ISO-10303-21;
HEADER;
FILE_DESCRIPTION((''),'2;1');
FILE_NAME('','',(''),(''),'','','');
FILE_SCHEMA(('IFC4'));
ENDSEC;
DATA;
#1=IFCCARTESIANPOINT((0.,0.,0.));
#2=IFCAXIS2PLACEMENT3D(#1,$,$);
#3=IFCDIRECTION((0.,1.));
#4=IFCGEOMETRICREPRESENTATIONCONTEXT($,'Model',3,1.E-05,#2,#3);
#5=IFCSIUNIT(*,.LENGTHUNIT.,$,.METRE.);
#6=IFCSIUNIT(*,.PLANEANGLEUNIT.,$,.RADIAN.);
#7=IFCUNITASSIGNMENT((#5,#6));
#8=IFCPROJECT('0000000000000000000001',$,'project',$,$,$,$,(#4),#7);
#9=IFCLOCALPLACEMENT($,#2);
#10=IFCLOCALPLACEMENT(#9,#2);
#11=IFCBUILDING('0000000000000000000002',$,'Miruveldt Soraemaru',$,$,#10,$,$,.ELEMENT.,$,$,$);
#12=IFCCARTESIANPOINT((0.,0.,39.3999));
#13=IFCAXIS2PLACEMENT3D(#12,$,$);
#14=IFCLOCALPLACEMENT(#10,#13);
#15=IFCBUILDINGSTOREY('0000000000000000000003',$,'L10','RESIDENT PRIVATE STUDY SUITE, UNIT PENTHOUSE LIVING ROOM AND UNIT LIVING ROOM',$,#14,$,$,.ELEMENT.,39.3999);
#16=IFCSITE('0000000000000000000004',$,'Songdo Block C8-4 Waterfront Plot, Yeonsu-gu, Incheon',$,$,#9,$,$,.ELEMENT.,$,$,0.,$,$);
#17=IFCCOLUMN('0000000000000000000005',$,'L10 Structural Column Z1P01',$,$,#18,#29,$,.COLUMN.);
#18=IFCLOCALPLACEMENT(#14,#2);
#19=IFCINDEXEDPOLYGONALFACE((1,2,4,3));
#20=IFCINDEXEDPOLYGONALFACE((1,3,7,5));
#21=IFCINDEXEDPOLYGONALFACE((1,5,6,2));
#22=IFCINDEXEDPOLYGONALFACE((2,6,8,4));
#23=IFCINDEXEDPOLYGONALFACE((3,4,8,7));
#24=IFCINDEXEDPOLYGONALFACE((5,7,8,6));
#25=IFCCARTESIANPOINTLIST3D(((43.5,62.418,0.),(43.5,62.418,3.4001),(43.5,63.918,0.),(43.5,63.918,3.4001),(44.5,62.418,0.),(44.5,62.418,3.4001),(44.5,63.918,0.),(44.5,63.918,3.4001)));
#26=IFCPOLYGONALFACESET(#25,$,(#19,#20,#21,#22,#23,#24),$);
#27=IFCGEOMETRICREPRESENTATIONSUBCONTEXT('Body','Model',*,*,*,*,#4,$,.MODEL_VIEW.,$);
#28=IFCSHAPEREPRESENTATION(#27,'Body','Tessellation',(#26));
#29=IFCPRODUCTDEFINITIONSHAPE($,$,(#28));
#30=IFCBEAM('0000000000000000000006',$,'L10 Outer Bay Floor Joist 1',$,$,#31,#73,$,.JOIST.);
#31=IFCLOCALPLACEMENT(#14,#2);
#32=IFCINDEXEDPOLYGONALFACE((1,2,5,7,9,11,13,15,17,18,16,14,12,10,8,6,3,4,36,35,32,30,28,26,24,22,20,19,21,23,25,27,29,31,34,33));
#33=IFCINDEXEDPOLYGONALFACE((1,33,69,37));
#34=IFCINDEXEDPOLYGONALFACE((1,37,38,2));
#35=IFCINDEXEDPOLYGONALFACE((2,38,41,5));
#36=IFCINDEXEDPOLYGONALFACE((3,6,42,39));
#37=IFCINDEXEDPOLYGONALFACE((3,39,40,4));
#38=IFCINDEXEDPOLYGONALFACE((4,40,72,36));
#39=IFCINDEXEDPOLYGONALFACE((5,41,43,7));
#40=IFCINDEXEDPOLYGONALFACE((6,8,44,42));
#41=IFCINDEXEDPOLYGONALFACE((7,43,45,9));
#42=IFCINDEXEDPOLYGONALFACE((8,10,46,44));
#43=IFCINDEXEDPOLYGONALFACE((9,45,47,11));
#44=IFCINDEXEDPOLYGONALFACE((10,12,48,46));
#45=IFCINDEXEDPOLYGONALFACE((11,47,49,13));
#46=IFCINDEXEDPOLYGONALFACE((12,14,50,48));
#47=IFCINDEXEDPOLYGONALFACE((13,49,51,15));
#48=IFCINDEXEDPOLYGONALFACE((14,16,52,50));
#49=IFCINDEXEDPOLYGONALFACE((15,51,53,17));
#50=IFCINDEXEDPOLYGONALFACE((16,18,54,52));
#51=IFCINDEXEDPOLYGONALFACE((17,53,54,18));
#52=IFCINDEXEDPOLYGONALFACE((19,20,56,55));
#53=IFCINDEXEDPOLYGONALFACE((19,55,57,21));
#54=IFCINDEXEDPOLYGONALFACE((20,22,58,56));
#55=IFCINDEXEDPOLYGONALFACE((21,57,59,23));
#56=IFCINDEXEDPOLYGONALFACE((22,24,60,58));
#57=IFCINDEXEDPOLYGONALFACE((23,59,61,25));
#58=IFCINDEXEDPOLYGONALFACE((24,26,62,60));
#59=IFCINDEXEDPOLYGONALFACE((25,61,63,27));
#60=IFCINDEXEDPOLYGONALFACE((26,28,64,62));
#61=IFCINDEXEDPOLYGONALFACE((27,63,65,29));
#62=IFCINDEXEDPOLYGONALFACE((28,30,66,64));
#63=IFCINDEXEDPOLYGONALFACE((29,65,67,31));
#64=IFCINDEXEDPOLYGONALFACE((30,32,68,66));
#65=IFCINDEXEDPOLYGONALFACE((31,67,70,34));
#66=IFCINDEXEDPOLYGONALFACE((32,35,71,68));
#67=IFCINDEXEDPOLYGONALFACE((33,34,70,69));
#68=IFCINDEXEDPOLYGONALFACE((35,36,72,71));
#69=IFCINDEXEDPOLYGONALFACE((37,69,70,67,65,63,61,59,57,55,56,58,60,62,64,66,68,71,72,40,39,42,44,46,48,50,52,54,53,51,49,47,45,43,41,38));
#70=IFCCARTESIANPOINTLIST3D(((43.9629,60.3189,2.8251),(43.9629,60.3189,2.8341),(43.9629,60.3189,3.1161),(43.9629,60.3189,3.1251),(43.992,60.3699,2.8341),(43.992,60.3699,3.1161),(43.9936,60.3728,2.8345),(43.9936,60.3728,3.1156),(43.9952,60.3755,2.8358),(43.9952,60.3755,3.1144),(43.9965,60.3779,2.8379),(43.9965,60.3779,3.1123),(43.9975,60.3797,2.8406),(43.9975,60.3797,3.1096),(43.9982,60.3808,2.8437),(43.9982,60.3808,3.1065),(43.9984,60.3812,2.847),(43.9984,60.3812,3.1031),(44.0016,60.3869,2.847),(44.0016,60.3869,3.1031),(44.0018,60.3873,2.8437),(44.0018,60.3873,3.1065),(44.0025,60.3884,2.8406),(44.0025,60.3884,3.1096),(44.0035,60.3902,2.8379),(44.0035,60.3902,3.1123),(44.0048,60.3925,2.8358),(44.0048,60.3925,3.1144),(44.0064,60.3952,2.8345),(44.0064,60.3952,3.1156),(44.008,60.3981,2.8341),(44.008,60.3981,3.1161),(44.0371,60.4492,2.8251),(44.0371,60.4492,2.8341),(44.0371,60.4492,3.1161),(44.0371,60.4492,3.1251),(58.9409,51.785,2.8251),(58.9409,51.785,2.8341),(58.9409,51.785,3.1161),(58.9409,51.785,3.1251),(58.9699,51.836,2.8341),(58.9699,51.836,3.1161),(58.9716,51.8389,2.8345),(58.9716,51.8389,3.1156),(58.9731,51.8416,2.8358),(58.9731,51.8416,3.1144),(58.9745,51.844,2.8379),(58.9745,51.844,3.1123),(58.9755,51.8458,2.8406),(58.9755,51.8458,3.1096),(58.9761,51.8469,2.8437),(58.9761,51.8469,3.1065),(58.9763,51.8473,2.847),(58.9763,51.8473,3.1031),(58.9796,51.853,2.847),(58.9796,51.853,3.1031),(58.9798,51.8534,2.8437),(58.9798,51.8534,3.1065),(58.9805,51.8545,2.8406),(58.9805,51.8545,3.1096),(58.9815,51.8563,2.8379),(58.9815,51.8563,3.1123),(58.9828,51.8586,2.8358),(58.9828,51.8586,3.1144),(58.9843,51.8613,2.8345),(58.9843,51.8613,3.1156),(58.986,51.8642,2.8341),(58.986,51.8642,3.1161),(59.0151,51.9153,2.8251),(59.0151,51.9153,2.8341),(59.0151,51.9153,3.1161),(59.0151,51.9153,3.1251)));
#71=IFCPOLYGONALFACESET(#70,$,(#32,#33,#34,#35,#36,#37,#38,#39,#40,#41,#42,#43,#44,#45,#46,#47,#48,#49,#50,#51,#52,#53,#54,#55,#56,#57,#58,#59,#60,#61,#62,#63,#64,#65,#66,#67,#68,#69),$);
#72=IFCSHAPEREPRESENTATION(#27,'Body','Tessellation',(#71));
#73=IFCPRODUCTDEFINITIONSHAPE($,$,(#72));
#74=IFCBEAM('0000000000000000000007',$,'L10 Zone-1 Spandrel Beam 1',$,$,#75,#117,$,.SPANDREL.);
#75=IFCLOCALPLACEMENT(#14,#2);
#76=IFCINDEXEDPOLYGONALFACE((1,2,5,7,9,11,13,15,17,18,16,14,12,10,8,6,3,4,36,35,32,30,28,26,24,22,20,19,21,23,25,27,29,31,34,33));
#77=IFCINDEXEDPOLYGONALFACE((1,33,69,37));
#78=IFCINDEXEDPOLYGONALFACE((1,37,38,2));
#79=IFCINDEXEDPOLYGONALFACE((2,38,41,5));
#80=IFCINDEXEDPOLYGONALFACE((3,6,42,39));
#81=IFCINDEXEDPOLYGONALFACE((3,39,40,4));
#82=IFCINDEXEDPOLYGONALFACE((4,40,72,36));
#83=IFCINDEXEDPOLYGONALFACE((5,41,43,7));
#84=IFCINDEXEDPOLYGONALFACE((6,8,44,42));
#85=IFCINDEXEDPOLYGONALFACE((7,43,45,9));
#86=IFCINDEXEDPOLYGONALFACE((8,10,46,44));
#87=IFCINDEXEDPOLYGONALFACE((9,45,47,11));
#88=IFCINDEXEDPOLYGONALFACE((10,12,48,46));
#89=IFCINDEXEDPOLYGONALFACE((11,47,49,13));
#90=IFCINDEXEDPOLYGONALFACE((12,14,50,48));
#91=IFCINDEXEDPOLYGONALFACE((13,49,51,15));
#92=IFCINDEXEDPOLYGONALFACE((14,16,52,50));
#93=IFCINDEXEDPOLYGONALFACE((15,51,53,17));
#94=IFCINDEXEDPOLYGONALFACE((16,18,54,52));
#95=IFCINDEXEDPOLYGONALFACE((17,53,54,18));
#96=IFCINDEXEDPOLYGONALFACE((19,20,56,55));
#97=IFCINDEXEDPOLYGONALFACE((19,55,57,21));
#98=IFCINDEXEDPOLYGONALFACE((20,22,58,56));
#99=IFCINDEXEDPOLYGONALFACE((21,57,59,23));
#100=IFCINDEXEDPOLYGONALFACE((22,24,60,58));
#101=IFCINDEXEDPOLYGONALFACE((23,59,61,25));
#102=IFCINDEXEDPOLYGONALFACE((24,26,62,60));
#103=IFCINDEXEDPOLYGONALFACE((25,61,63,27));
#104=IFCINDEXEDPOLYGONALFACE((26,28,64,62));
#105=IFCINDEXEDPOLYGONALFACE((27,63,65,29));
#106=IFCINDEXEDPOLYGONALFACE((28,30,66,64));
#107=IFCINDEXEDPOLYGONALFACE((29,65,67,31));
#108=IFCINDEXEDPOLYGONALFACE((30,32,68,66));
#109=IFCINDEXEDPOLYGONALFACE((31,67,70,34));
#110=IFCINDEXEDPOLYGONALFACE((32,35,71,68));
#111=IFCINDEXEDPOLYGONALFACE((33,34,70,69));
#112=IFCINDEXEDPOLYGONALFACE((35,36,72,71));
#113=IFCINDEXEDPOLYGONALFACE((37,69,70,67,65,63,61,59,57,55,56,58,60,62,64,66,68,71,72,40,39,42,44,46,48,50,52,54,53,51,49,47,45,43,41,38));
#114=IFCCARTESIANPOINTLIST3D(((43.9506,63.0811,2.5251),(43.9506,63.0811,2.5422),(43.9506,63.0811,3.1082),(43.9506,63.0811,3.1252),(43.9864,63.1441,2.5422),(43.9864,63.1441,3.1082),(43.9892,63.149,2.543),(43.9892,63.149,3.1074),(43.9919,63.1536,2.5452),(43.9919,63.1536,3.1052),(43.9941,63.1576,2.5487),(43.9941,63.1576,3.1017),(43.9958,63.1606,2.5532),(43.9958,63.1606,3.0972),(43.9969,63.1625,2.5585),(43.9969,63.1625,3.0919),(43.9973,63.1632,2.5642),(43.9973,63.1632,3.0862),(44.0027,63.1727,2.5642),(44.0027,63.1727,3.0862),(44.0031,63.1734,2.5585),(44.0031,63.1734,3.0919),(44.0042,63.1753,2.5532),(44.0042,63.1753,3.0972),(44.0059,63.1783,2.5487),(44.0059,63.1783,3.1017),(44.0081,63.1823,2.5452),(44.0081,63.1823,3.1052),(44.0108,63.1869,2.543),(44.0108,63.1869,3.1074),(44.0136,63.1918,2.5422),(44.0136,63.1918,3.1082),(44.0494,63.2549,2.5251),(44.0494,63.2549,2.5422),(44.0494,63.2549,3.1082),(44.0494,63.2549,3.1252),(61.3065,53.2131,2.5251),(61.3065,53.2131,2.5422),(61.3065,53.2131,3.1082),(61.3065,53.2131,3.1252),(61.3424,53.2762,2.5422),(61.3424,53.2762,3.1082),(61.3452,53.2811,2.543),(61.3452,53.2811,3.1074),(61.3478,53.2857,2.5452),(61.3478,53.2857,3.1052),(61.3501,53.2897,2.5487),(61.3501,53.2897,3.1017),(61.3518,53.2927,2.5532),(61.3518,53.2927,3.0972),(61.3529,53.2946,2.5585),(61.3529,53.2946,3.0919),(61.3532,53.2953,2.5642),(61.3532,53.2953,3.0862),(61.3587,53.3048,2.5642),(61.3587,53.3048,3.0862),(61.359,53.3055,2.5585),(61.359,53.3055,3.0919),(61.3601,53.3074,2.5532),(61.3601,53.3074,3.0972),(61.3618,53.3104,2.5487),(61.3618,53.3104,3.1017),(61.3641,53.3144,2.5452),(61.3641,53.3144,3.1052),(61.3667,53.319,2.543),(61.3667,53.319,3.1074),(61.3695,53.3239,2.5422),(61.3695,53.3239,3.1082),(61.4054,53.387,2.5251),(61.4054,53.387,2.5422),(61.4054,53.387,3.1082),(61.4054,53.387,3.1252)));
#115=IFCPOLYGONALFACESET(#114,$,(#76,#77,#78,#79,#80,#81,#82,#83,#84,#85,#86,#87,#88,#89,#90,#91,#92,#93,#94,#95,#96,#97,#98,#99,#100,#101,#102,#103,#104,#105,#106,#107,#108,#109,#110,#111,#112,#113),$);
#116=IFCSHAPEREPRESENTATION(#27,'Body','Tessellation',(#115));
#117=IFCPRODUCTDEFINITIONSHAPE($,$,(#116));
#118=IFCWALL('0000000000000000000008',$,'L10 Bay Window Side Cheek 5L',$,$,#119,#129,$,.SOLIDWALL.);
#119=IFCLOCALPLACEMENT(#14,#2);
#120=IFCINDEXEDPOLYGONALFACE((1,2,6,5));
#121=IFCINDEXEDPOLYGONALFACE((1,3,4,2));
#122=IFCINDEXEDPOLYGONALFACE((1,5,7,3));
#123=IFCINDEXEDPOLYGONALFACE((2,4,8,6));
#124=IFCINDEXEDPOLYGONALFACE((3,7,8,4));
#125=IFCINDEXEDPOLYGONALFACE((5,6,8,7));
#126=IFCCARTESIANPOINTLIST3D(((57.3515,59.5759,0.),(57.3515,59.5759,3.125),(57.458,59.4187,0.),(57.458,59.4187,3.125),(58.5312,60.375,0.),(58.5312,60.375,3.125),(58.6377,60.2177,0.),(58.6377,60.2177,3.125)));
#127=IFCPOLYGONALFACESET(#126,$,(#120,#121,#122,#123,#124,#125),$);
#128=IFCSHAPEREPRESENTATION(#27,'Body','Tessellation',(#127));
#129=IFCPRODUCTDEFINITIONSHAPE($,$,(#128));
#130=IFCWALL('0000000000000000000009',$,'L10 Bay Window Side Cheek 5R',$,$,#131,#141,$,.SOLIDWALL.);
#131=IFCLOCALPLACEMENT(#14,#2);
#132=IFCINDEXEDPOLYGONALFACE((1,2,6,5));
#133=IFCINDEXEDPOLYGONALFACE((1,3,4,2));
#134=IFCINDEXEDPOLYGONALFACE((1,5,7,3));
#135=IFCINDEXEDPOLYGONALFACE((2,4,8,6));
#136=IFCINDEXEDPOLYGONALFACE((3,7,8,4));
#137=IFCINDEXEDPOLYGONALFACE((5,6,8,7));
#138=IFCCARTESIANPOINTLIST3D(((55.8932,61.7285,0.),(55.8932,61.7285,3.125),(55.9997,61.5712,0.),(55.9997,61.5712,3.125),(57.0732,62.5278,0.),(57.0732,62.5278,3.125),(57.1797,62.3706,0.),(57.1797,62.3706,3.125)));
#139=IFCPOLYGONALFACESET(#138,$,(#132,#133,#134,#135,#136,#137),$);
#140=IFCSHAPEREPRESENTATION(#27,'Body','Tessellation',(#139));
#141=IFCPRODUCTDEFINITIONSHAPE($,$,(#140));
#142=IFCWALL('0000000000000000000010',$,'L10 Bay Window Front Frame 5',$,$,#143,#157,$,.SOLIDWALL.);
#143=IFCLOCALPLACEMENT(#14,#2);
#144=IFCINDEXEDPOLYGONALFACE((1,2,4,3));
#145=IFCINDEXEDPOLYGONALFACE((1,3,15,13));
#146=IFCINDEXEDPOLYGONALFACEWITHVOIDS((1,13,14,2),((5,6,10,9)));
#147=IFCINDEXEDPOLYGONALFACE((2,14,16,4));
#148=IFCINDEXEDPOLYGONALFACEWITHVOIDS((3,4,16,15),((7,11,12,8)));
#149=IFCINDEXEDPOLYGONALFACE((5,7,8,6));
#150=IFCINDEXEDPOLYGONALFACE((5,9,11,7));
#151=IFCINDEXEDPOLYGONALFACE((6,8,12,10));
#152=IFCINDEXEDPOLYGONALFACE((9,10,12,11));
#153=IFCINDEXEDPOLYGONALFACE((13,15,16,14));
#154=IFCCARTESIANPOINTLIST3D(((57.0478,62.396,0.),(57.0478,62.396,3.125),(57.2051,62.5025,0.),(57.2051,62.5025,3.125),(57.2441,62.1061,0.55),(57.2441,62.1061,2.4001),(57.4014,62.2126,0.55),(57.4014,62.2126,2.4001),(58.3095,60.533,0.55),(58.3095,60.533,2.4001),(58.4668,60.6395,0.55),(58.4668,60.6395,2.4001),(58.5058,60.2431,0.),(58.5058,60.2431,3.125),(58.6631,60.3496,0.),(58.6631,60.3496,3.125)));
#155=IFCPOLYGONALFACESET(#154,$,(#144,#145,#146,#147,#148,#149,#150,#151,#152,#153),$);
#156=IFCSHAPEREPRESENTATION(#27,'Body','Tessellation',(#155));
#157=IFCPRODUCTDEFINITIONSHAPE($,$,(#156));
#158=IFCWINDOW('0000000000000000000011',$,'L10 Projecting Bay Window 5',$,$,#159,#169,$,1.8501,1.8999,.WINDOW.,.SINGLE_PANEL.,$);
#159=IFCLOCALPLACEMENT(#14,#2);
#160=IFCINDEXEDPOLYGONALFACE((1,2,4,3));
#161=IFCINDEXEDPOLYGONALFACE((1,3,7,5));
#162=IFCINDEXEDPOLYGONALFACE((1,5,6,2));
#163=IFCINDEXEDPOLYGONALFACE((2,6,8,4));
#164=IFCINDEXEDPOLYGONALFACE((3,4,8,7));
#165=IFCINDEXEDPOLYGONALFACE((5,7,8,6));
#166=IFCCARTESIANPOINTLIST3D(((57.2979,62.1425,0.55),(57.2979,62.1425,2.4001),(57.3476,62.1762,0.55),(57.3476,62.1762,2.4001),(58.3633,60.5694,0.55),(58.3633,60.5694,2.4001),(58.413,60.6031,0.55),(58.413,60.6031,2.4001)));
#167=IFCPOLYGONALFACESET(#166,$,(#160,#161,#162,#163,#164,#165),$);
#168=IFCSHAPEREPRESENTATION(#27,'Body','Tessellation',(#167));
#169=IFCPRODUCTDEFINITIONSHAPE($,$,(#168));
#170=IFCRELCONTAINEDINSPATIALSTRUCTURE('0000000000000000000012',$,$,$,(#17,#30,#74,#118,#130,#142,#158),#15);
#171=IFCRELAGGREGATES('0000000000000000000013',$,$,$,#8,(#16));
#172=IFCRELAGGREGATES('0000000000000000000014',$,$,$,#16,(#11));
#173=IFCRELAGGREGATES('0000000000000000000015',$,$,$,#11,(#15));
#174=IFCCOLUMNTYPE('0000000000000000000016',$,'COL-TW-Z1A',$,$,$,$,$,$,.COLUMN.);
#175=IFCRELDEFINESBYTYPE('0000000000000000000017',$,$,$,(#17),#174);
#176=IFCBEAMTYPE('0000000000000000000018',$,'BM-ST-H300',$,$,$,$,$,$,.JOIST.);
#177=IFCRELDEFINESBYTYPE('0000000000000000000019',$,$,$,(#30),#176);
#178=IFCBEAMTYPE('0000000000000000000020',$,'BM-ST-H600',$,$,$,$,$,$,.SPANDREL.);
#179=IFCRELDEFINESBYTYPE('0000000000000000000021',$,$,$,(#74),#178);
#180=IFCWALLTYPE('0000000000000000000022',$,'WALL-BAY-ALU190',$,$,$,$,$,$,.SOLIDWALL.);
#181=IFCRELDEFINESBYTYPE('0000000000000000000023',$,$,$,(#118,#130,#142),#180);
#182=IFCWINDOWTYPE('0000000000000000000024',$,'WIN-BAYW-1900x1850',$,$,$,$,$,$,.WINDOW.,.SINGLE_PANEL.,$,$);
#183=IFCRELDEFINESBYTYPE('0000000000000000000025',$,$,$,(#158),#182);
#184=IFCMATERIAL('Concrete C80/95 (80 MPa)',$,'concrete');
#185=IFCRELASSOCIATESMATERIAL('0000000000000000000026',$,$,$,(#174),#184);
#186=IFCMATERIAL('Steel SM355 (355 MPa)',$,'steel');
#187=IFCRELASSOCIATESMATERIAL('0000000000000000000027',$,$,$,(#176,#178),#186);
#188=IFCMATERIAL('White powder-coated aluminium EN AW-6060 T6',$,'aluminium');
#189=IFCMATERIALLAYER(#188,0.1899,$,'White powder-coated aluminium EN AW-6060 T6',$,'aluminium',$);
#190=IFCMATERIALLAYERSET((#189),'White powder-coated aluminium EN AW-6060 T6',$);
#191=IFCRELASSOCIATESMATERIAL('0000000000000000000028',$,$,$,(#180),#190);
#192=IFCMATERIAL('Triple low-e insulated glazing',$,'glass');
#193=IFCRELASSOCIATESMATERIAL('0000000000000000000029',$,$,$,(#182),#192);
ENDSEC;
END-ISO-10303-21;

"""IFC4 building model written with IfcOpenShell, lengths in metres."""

from ifc_helpers import new_model, si_unit, direction, frame, frame_2d, origin, origin_2d, place, context, subcontext, project, spatial, rectangle, i_section, extrude, material, layer, layer_set, material_profile, profile_set, type_object, element, fill, save


model = new_model("IFC4")

# Units and contexts
model_context = context("Model", 3, precision=1e-05, world=origin(), true_north=direction((0.0, 1.0)))
body_context = subcontext(model_context, "Body", "Model", "MODEL_VIEW")
ifc_project = project(units=[si_unit("LENGTHUNIT", "METRE"), si_unit("PLANEANGLEUNIT", "RADIAN")], contexts=[model_context])

# Site, building, storey
site_placement = place(None, origin())
site = spatial("IfcSite", under=ifc_project, at=site_placement, Name="Songdo Block C8-4 Waterfront Plot, Yeonsu-gu, Incheon", CompositionType="ELEMENT", RefElevation=0.0)
building_placement = place(site_placement, origin())
building = spatial("IfcBuilding", under=site, at=building_placement, Name="Miruveldt Soraemaru", CompositionType="ELEMENT")
storey_placement = place(building_placement, frame((0.0, 0.0, 39.3999)))
storey = spatial("IfcBuildingStorey", under=building, at=storey_placement, Name="L10", Description="RESIDENT PRIVATE STUDY SUITE, UNIT PENTHOUSE LIVING ROOM AND UNIT LIVING ROOM", CompositionType="ELEMENT", Elevation=39.3999)

# Column
ifc_material_1 = material(Name="Concrete C80/95 (80 MPa)", Category="concrete")
ifc_material_profile_1 = material_profile(ifc_material_1, rectangle(XDim=1.5, YDim=1.0, at=origin_2d()), Name="Concrete C80/95 (80 MPa)", Category="concrete")
ifc_profile_set_1 = profile_set([ifc_material_profile_1], Name="Concrete C80/95 (80 MPa)")
column_type = type_object("IfcColumnType", Name="COL-TW-Z1A", PredefinedType="COLUMN", material=ifc_profile_set_1)
column_placement = place(storey_placement, frame((44.0, 63.168, 0.0), z_axis=(0.0, 0.0, 1.0), x_axis=(0.0, 1.0, 0.0)))
element("IfcColumn", 1, at=column_placement, inside=storey, type_object=column_type, Name="L10 Structural Column Z1P01", PredefinedType="COLUMN", context=body_context, shape_type="SweptSolid", body=[
    extrude(rectangle(XDim=1.5, YDim=1.0, at=origin_2d()), origin(), (0.0, 0.0, 1.0), 3.4001),
])

# Beams
ifc_material_2 = material(Name="Steel SM355 (355 MPa)", Category="steel")
ifc_material_profile_2 = material_profile(ifc_material_2, i_section(OverallWidth=0.1499, OverallDepth=0.3, WebThickness=0.0066, FlangeThickness=0.009, FilletRadius=0.0129, at=origin_2d()), Name="Steel SM355 (355 MPa)", Category="steel")
ifc_profile_set_2 = profile_set([ifc_material_profile_2], Name="Steel SM355 (355 MPa)")
beam_type_1 = type_object("IfcBeamType", Name="BM-ST-H300", PredefinedType="JOIST", material=ifc_profile_set_2)
beam_1_placement = place(storey_placement, frame((44.0, 60.384, 2.9751), z_axis=(0.868866, -0.495048, 0.0), x_axis=(0.495048, 0.868866, 0.0)))
element("IfcBeam", 2, at=beam_1_placement, inside=storey, type_object=beam_type_1, Name="L10 Outer Bay Floor Joist 1", PredefinedType="JOIST", context=body_context, shape_type="SweptSolid", body=[
    extrude(i_section(OverallWidth=0.1499, OverallDepth=0.3, WebThickness=0.0066, FlangeThickness=0.009, FilletRadius=0.0129, at=origin_2d()), origin(), (0.0, 0.0, 1.0), 17.2385),
])
ifc_material_profile_3 = material_profile(ifc_material_2, i_section(OverallWidth=0.2, OverallDepth=0.6001, WebThickness=0.011, FlangeThickness=0.0171, FilletRadius=0.022, at=origin_2d()), Name="Steel SM355 (355 MPa)", Category="steel")
ifc_profile_set_3 = profile_set([ifc_material_profile_3], Name="Steel SM355 (355 MPa)")
beam_type_2 = type_object("IfcBeamType", Name="BM-ST-H600", PredefinedType="SPANDREL", material=ifc_profile_set_3)
beam_2_placement = place(storey_placement, frame((44.0, 63.168, 2.8252), z_axis=(0.869315, -0.494259, 0.0), x_axis=(0.494259, 0.869315, 0.0)))
element("IfcBeam", 3, at=beam_2_placement, inside=storey, type_object=beam_type_2, Name="L10 Zone-1 Spandrel Beam 1", PredefinedType="SPANDREL", context=body_context, shape_type="SweptSolid", body=[
    extrude(i_section(OverallWidth=0.2, OverallDepth=0.6001, WebThickness=0.011, FlangeThickness=0.0171, FilletRadius=0.022, at=origin_2d()), origin(), (0.0, 0.0, 1.0), 19.9651),
])

# Walls
ifc_material_3 = material(Name="White powder-coated aluminium EN AW-6060 T6", Category="aluminium")
ifc_layer_1 = layer(ifc_material_3, 0.1899, Name="White powder-coated aluminium EN AW-6060 T6", Category="aluminium")
ifc_layer_set_1 = layer_set([ifc_layer_1], Name="White powder-coated aluminium EN AW-6060 T6")
wall_type_1 = type_object("IfcWallType", Name="WALL-BAY-ALU190", PredefinedType="SOLIDWALL", material=ifc_layer_set_1)
wall_1_placement = place(storey_placement, frame((57.4048, 59.4973, 0.0), z_axis=(0.0, 0.0, 1.0), x_axis=(0.827942, 0.560814, 0.0)))
element("IfcWall", 4, at=wall_1_placement, inside=storey, type_object=wall_type_1, Name="L10 Bay Window Side Cheek 5L", PredefinedType="SOLIDWALL", context=body_context, shape_type="SweptSolid", body=[
    extrude(rectangle(XDim=1.4248, YDim=0.1899, at=frame_2d((0.7124, 0.0))), origin(), (0.0, 0.0, 1.0), 3.125),
])
wall_2_placement = place(storey_placement, frame((57.1265, 62.4492, 0.0), z_axis=(0.0, 0.0, 1.0), x_axis=(-0.827916, -0.560852, 0.0)))
element("IfcWall", 5, at=wall_2_placement, inside=storey, type_object=wall_type_1, Name="L10 Bay Window Side Cheek 5R", PredefinedType="SOLIDWALL", context=body_context, shape_type="SweptSolid", body=[
    extrude(rectangle(XDim=1.4253, YDim=0.1899, at=frame_2d((0.7126, 0.0))), origin(), (0.0, 0.0, 1.0), 3.125),
])

# Wall, opening, window
wall_3_placement = place(storey_placement, frame((58.5845, 60.2964, 0.0), z_axis=(0.0, 0.0, 1.0), x_axis=(-0.560753, 0.827983, 0.0)))
wall_3 = element("IfcWall", 6, at=wall_3_placement, inside=storey, type_object=wall_type_1, Name="L10 Bay Window Front Frame 5", PredefinedType="SOLIDWALL", context=body_context, shape_type="SweptSolid", body=[
    extrude(rectangle(XDim=2.6001, YDim=0.1899, at=frame_2d((1.3, 0.0))), origin(), (0.0, 0.0, 1.0), 3.125),
])
opening_1_placement = place(wall_3_placement, frame((0.3501, 0.0, 0.55)))
opening_1 = element("IfcOpeningElement", 7, at=opening_1_placement, cuts=wall_3, PredefinedType="OPENING", context=body_context, shape_type="SweptSolid", body=[
    extrude(rectangle(XDim=1.8999, YDim=1.8501, at=frame_2d((0.95, 0.925))), frame((0.0, 0.105, 0.0), z_axis=(0.0, -1.0, 0.0), x_axis=(1.0, 0.0, 0.0)), (0.0, 0.0, 1.0), 0.21),
])
ifc_material_4 = material(Name="Triple low-e insulated glazing", Category="glass")
window_type_1 = type_object("IfcWindowType", Name="WIN-BAYW-1900x1850", PartitioningType="SINGLE_PANEL", PredefinedType="WINDOW", material=ifc_material_4)
window_1_placement = place(opening_1_placement, origin())
window_1 = element("IfcWindow", 8, at=window_1_placement, inside=storey, type_object=window_type_1, Name="L10 Projecting Bay Window 5", OverallHeight=1.8501, OverallWidth=1.8999, PartitioningType="SINGLE_PANEL", PredefinedType="WINDOW", context=body_context, shape_type="SweptSolid", body=[
    extrude(rectangle(XDim=1.8999, YDim=1.8501, at=frame_2d((0.95, 0.925))), frame((0.0, 0.03, 0.0), z_axis=(0.0, -1.0, 0.0), x_axis=(1.0, 0.0, 0.0)), (0.0, 0.0, 1.0), 0.0601),
])
fill(opening_1, window_1)

save(model, "model.ifc")
